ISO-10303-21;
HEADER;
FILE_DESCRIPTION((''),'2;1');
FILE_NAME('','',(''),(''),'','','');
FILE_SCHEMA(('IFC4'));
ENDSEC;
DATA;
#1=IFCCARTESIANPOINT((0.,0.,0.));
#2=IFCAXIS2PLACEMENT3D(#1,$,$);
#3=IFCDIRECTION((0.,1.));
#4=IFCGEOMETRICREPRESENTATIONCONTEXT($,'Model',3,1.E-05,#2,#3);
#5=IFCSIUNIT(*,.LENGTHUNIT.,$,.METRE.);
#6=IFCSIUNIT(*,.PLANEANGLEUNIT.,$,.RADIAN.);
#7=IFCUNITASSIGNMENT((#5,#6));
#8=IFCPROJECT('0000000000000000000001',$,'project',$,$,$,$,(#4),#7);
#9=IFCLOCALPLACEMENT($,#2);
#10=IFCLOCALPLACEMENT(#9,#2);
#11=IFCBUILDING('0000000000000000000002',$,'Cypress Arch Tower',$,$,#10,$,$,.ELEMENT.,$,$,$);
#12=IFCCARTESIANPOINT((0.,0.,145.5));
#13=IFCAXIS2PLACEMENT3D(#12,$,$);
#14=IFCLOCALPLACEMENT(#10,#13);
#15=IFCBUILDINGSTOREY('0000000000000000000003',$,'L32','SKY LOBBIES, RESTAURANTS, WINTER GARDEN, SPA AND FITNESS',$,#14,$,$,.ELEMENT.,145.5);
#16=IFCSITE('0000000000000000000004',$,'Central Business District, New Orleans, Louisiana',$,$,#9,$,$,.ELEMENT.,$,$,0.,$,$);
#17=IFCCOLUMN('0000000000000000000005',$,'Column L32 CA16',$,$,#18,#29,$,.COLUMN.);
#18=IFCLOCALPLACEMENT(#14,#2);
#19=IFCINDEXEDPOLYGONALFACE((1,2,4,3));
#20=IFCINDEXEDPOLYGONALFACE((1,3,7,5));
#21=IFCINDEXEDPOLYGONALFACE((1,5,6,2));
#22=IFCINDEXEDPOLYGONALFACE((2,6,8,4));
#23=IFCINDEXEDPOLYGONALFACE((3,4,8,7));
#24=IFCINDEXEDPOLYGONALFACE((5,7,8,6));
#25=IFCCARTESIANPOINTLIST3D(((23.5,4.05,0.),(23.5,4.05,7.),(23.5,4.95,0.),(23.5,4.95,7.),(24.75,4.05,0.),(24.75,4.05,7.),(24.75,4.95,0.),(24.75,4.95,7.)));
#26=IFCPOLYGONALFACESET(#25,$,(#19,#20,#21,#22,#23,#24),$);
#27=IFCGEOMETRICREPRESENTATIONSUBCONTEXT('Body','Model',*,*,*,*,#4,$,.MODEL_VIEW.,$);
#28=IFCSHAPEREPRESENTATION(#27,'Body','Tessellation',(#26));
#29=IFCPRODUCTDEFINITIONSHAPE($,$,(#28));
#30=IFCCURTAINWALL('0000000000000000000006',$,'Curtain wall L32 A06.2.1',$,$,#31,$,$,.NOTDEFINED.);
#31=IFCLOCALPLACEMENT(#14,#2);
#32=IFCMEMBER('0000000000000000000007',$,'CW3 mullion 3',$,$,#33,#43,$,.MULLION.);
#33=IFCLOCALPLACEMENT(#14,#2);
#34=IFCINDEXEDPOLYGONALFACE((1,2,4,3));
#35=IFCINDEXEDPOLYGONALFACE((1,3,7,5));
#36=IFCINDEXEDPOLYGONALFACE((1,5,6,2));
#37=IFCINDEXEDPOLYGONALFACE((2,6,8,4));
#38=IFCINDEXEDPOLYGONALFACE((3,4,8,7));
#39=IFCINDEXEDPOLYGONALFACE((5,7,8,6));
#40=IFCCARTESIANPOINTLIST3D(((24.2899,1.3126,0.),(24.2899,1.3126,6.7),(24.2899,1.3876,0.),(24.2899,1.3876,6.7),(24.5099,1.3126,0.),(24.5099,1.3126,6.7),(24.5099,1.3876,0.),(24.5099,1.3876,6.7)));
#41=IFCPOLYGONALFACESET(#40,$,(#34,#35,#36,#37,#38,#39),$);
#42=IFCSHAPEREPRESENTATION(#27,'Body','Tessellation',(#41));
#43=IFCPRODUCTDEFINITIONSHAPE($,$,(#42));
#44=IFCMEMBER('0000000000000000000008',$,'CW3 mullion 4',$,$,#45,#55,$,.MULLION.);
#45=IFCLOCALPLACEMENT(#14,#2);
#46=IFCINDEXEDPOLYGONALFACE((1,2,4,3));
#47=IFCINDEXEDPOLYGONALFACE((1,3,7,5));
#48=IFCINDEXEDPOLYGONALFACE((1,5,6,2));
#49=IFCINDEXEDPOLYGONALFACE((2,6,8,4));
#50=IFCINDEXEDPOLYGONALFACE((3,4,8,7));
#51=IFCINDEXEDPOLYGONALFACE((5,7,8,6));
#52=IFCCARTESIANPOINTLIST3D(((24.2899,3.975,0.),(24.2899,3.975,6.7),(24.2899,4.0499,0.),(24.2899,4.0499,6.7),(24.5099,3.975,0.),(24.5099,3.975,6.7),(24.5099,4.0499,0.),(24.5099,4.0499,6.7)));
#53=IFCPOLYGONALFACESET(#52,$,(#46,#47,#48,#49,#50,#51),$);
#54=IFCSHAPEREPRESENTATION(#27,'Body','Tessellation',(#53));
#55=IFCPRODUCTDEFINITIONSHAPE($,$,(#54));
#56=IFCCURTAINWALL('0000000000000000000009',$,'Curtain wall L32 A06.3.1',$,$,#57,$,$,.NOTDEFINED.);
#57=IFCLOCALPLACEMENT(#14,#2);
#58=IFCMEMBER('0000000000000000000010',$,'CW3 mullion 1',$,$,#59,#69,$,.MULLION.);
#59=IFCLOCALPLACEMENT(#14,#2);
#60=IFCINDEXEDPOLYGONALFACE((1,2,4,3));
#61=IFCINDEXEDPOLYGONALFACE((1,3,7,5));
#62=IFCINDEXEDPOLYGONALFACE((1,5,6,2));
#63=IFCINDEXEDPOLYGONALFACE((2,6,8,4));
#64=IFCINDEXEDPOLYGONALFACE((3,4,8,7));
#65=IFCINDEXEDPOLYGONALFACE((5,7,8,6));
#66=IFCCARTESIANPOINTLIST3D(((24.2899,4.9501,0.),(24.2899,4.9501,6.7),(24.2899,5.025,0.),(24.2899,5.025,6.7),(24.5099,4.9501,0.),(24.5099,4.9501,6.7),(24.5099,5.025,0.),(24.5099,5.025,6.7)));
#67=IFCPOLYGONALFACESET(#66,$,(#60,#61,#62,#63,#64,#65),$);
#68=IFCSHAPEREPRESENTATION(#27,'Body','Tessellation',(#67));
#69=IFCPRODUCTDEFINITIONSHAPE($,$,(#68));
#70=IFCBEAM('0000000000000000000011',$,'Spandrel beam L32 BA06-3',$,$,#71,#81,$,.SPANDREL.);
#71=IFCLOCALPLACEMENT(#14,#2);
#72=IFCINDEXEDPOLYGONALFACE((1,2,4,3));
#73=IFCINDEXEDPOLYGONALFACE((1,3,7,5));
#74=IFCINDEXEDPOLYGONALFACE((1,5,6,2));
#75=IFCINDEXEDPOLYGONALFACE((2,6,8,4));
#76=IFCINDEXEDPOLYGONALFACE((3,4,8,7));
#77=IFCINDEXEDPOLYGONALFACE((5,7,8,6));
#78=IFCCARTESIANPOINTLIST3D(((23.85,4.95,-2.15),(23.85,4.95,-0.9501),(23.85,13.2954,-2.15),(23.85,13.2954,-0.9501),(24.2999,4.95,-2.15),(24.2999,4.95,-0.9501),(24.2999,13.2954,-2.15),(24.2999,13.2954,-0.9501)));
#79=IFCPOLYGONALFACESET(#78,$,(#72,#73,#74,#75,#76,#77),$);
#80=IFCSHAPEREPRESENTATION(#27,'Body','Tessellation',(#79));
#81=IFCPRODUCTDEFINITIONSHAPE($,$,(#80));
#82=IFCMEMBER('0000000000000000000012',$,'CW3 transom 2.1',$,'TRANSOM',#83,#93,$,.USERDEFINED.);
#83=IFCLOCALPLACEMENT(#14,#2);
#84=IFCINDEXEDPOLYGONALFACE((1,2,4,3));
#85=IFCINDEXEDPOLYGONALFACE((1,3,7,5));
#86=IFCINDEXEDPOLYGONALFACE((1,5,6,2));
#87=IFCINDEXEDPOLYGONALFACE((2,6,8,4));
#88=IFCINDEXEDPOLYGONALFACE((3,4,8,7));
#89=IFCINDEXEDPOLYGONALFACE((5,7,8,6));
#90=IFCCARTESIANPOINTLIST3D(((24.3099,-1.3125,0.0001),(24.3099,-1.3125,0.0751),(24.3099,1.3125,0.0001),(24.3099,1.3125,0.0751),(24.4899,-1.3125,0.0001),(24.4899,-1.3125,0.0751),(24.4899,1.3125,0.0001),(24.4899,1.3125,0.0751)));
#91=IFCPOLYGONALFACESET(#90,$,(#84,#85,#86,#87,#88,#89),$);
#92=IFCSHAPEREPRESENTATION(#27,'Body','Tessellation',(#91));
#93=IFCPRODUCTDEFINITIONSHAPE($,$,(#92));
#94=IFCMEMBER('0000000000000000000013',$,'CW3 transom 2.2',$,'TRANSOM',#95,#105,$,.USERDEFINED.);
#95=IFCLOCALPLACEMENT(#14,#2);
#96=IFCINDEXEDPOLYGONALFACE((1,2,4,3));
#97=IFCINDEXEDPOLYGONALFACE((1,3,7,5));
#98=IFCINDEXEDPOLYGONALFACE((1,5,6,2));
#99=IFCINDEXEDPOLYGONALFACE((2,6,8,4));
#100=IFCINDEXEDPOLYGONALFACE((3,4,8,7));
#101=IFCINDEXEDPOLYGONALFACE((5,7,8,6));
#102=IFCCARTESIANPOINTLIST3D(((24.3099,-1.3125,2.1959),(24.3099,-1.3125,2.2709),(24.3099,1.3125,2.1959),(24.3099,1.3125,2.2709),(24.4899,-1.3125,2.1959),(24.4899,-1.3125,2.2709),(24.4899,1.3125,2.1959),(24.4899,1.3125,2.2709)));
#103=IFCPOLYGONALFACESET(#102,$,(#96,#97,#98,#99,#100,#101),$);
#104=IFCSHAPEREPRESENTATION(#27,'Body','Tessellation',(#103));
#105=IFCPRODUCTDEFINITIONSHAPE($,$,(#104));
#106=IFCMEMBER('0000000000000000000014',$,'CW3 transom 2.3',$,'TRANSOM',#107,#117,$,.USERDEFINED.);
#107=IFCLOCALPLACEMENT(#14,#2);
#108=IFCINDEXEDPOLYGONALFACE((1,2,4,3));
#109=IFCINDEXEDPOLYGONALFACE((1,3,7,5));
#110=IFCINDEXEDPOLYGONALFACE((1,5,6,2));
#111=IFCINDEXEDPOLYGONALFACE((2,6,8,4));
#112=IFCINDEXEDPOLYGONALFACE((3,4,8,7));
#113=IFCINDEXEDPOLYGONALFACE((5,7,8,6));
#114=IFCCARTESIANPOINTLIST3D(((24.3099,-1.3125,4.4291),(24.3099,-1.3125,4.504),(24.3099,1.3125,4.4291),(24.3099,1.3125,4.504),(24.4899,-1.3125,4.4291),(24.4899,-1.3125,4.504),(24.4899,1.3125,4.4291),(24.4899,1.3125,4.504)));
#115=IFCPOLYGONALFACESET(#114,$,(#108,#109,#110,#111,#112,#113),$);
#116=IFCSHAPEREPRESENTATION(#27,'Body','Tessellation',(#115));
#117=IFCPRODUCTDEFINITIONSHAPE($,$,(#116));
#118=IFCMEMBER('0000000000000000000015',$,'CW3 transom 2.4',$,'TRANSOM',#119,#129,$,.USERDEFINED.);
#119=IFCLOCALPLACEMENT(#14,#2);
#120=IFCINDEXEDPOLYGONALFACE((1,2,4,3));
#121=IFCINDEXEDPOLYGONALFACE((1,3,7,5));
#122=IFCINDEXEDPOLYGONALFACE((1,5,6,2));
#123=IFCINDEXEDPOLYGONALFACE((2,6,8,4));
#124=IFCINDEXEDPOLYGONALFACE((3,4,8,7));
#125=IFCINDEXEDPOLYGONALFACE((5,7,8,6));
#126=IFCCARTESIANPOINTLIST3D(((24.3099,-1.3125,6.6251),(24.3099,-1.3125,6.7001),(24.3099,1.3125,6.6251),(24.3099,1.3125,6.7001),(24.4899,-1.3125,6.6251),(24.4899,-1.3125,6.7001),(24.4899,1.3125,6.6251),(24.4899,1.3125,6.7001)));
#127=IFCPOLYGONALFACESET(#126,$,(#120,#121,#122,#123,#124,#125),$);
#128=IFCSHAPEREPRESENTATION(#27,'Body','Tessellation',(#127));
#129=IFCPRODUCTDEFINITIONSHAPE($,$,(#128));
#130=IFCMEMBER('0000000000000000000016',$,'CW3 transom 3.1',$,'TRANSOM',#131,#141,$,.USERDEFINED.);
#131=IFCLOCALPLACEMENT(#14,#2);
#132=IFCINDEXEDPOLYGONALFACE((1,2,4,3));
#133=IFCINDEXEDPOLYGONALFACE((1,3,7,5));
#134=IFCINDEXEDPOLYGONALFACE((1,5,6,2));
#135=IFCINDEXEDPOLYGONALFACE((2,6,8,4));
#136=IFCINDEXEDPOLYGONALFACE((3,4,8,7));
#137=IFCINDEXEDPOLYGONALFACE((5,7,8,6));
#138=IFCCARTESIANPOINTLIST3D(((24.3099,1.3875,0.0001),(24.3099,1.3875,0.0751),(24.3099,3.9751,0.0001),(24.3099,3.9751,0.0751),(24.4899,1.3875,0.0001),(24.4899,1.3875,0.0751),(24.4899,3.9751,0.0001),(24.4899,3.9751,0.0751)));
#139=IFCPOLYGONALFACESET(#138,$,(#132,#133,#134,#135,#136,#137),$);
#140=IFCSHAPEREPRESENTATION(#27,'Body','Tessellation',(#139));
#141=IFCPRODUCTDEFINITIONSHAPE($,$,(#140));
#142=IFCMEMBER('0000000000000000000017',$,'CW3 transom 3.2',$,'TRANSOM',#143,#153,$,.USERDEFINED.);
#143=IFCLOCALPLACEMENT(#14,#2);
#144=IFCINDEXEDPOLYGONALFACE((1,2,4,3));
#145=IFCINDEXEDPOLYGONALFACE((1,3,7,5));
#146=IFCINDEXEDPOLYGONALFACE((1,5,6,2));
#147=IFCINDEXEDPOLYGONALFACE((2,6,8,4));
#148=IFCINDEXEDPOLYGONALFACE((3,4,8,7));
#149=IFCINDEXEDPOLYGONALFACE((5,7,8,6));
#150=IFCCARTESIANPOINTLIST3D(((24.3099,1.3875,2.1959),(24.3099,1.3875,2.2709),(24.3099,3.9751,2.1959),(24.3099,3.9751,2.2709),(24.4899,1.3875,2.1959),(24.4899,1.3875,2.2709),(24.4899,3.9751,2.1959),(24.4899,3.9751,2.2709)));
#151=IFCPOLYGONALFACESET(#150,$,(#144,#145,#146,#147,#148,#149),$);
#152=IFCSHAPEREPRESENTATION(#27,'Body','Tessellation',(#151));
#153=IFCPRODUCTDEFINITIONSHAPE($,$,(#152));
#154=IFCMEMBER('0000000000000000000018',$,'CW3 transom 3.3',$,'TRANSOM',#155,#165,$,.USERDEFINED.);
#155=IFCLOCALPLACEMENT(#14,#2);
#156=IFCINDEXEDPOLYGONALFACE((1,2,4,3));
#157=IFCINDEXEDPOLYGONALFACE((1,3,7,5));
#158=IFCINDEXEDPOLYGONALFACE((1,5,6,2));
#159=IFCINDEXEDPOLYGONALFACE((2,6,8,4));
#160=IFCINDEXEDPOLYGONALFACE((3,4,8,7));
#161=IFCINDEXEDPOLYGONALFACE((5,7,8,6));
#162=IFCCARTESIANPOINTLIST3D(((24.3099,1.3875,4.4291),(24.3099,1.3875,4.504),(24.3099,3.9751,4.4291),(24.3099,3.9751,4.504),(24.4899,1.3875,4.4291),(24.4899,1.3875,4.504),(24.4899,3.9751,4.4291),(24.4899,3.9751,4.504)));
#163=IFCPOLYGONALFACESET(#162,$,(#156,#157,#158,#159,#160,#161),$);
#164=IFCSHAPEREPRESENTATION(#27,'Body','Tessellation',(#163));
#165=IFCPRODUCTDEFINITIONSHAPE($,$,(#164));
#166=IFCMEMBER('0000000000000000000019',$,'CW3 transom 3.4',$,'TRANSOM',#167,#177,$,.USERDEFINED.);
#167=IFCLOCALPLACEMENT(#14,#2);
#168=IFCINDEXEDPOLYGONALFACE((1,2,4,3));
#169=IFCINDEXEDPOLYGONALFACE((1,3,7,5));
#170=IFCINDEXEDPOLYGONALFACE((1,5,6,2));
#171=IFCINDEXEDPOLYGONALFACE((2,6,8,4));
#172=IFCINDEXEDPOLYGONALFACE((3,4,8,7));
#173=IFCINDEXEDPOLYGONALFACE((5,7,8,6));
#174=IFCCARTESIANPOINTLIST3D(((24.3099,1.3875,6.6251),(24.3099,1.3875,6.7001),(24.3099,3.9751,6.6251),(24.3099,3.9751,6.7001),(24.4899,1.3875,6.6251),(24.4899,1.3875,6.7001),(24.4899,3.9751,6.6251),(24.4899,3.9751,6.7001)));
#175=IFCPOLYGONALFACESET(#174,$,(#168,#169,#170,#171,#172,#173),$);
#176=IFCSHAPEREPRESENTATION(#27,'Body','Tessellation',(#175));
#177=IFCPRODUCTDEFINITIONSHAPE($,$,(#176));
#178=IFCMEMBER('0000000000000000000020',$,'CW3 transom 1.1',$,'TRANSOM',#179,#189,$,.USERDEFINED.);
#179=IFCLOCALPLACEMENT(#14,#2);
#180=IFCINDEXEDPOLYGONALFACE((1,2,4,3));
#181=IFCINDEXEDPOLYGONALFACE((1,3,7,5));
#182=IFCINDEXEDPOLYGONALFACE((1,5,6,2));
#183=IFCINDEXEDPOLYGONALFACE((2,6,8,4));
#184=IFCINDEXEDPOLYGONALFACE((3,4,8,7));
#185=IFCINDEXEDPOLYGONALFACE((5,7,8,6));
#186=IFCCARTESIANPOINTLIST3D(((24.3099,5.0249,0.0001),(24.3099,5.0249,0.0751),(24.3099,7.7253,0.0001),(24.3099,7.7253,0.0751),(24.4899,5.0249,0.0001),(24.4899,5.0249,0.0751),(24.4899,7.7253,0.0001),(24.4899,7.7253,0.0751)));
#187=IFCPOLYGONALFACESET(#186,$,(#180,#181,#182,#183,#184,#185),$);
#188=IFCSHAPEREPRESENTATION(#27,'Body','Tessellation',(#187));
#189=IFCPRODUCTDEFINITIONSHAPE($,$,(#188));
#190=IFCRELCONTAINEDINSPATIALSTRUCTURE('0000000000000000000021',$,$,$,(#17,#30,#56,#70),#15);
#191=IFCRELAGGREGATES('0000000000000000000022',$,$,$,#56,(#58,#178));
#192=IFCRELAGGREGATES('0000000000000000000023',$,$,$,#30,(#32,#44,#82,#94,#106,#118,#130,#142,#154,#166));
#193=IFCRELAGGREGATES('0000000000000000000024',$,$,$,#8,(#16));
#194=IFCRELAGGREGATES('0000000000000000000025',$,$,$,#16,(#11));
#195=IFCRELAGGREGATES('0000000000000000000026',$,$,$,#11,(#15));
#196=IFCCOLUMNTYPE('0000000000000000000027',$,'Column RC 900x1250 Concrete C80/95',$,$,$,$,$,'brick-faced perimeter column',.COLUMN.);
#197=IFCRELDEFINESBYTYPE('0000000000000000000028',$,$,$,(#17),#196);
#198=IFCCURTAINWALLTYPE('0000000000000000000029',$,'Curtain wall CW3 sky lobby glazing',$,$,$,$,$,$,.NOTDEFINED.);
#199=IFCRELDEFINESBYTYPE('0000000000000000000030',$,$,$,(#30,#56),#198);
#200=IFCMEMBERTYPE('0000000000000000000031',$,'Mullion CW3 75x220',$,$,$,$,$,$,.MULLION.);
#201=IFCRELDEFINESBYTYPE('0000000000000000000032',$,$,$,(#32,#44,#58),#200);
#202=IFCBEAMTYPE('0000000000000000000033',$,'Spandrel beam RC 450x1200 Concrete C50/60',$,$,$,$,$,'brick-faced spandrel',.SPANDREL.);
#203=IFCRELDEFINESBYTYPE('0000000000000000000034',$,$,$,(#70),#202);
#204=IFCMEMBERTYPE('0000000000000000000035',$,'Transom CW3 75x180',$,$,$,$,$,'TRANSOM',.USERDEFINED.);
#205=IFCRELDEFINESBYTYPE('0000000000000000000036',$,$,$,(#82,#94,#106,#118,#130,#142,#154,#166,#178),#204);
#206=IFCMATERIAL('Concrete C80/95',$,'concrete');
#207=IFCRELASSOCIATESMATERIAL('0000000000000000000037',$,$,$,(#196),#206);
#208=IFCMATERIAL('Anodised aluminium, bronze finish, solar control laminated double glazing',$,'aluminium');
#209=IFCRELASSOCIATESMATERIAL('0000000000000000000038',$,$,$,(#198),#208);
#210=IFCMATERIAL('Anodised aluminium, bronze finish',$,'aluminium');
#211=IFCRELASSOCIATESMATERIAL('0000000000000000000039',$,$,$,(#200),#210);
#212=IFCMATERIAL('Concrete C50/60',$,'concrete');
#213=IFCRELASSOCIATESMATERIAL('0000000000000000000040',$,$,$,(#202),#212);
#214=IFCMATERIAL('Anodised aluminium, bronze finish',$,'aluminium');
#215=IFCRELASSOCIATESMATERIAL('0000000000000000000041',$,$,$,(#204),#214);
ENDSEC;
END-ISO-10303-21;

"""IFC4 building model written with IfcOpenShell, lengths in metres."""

from ifc_helpers import new_model, si_unit, direction, frame, origin, origin_2d, place, context, subcontext, project, spatial, rectangle, extrude, material, material_profile, profile_set, type_object, element, aggregate, save


model = new_model("IFC4")

# Units and contexts
model_context = context("Model", 3, precision=1e-05, world=origin(), true_north=direction((0.0, 1.0)))
body_context = subcontext(model_context, "Body", "Model", "MODEL_VIEW")
ifc_project = project(units=[si_unit("LENGTHUNIT", "METRE"), si_unit("PLANEANGLEUNIT", "RADIAN")], contexts=[model_context])

# Site, building, storey
site_placement = place(None, origin())
site = spatial("IfcSite", under=ifc_project, at=site_placement, Name="Central Business District, New Orleans, Louisiana", CompositionType="ELEMENT", RefElevation=0.0)
building_placement = place(site_placement, origin())
building = spatial("IfcBuilding", under=site, at=building_placement, Name="Cypress Arch Tower", CompositionType="ELEMENT")
storey_placement = place(building_placement, frame((0.0, 0.0, 145.5)))
storey = spatial("IfcBuildingStorey", under=building, at=storey_placement, Name="L32", Description="SKY LOBBIES, RESTAURANTS, WINTER GARDEN, SPA AND FITNESS", CompositionType="ELEMENT", Elevation=145.5)

# Column
ifc_material_1 = material(Name="Concrete C80/95", Category="concrete")
ifc_material_profile_1 = material_profile(ifc_material_1, rectangle(XDim=0.8999, YDim=1.25, at=origin_2d()), Name="RC 900x1250")
ifc_profile_set_1 = profile_set([ifc_material_profile_1], Name="Concrete C80/95")
column_type = type_object("IfcColumnType", Name="Column RC 900x1250 Concrete C80/95", ElementType="brick-faced perimeter column", PredefinedType="COLUMN", material=ifc_profile_set_1)
column_placement = place(storey_placement, frame((24.125, 4.5, 0.0), z_axis=(0.0, 0.0, 1.0), x_axis=(0.0, 1.0, 0.0)))
element("IfcColumn", 1, at=column_placement, inside=storey, type_object=column_type, Name="Column L32 CA16", PredefinedType="COLUMN", context=body_context, shape_type="SweptSolid", body=[
    extrude(rectangle(XDim=0.8999, YDim=1.25, at=origin_2d()), origin(), (0.0, 0.0, 1.0), 7.0),
])

# Curtain wall, members
ifc_material_2 = material(Name="Anodised aluminium, bronze finish, solar control laminated double glazing", Category="aluminium")
curtain_wall_type = type_object("IfcCurtainWallType", Name="Curtain wall CW3 sky lobby glazing", PredefinedType="NOTDEFINED", material=ifc_material_2)
curtain_wall_1_placement = place(storey_placement, origin())
curtain_wall_1 = element("IfcCurtainWall", 2, at=curtain_wall_1_placement, inside=storey, type_object=curtain_wall_type, Name="Curtain wall L32 A06.2.1", PredefinedType="NOTDEFINED")
ifc_material_3 = material(Name="Anodised aluminium, bronze finish", Category="aluminium")
ifc_material_profile_2 = material_profile(ifc_material_3, rectangle(XDim=0.22, YDim=0.075, at=origin_2d()), Name="Mullion 75x220")
ifc_profile_set_2 = profile_set([ifc_material_profile_2], Name="Anodised aluminium, bronze finish")
member_type_1 = type_object("IfcMemberType", Name="Mullion CW3 75x220", PredefinedType="MULLION", material=ifc_profile_set_2)
member_1_placement = place(storey_placement, frame((24.3999, 1.3501, 0.0), z_axis=(0.0, 0.0, 1.0), x_axis=(-1.0, 0.0, 0.0)))
member_1 = element("IfcMember", 3, at=member_1_placement, type_object=member_type_1, Name="CW3 mullion 3", PredefinedType="MULLION", context=body_context, shape_type="SweptSolid", body=[
    extrude(rectangle(XDim=0.22, YDim=0.075, at=origin_2d()), origin(), (0.0, 0.0, 1.0), 6.7),
])
member_2_placement = place(storey_placement, frame((24.3999, 4.0125, 0.0), z_axis=(0.0, 0.0, 1.0), x_axis=(-1.0, 0.0, 0.0)))
member_2 = element("IfcMember", 4, at=member_2_placement, type_object=member_type_1, Name="CW3 mullion 4", PredefinedType="MULLION", context=body_context, shape_type="SweptSolid", body=[
    extrude(rectangle(XDim=0.22, YDim=0.075, at=origin_2d()), origin(), (0.0, 0.0, 1.0), 6.7),
])

# Curtain wall, member
curtain_wall_2_placement = place(storey_placement, origin())
curtain_wall_2 = element("IfcCurtainWall", 5, at=curtain_wall_2_placement, inside=storey, type_object=curtain_wall_type, Name="Curtain wall L32 A06.3.1", PredefinedType="NOTDEFINED")
member_3_placement = place(storey_placement, frame((24.3999, 4.9875, 0.0), z_axis=(0.0, 0.0, 1.0), x_axis=(-1.0, 0.0, 0.0)))
member_3 = element("IfcMember", 6, at=member_3_placement, type_object=member_type_1, Name="CW3 mullion 1", PredefinedType="MULLION", context=body_context, shape_type="SweptSolid", body=[
    extrude(rectangle(XDim=0.22, YDim=0.075, at=origin_2d()), origin(), (0.0, 0.0, 1.0), 6.7),
])

# Beam
ifc_material_4 = material(Name="Concrete C50/60", Category="concrete")
ifc_material_profile_3 = material_profile(ifc_material_4, rectangle(XDim=0.45, YDim=1.2, at=origin_2d()), Name="RC 450x1200")
ifc_profile_set_3 = profile_set([ifc_material_profile_3], Name="Concrete C50/60")
beam_type = type_object("IfcBeamType", Name="Spandrel beam RC 450x1200 Concrete C50/60", ElementType="brick-faced spandrel", PredefinedType="SPANDREL", material=ifc_profile_set_3)
beam_placement = place(storey_placement, frame((24.075, 4.95, -1.55), z_axis=(0.0, 1.0, 0.0), x_axis=(-1.0, 0.0, 0.0)))
element("IfcBeam", 7, at=beam_placement, inside=storey, type_object=beam_type, Name="Spandrel beam L32 BA06-3", PredefinedType="SPANDREL", context=body_context, shape_type="SweptSolid", body=[
    extrude(rectangle(XDim=0.45, YDim=1.2, at=origin_2d()), origin(), (0.0, 0.0, 1.0), 8.3455),
])

# Members
ifc_material_5 = material(Name="Anodised aluminium, bronze finish", Category="aluminium")
ifc_material_profile_4 = material_profile(ifc_material_5, rectangle(XDim=0.1799, YDim=0.075, at=origin_2d()), Name="Transom 75x180")
ifc_profile_set_4 = profile_set([ifc_material_profile_4], Name="Anodised aluminium, bronze finish")
member_type_2 = type_object("IfcMemberType", Name="Transom CW3 75x180", ElementType="TRANSOM", PredefinedType="USERDEFINED", material=ifc_profile_set_4)
member_4_placement = place(storey_placement, frame((24.3999, -1.3125, 0.0376), z_axis=(0.0, 1.0, 0.0), x_axis=(-1.0, 0.0, 0.0)))
member_4 = element("IfcMember", 8, at=member_4_placement, type_object=member_type_2, Name="CW3 transom 2.1", ObjectType="TRANSOM", PredefinedType="USERDEFINED", context=body_context, shape_type="SweptSolid", body=[
    extrude(rectangle(XDim=0.1799, YDim=0.075, at=origin_2d()), origin(), (0.0, 0.0, 1.0), 2.625),
])
member_5_placement = place(storey_placement, frame((24.3999, -1.3125, 2.2334), z_axis=(0.0, 1.0, 0.0), x_axis=(-1.0, 0.0, 0.0)))
member_5 = element("IfcMember", 9, at=member_5_placement, type_object=member_type_2, Name="CW3 transom 2.2", ObjectType="TRANSOM", PredefinedType="USERDEFINED", context=body_context, shape_type="SweptSolid", body=[
    extrude(rectangle(XDim=0.1799, YDim=0.075, at=origin_2d()), origin(), (0.0, 0.0, 1.0), 2.625),
])
member_6_placement = place(storey_placement, frame((24.3999, -1.3125, 4.4666), z_axis=(0.0, 1.0, 0.0), x_axis=(-1.0, 0.0, 0.0)))
member_6 = element("IfcMember", 10, at=member_6_placement, type_object=member_type_2, Name="CW3 transom 2.3", ObjectType="TRANSOM", PredefinedType="USERDEFINED", context=body_context, shape_type="SweptSolid", body=[
    extrude(rectangle(XDim=0.1799, YDim=0.075, at=origin_2d()), origin(), (0.0, 0.0, 1.0), 2.625),
])
member_7_placement = place(storey_placement, frame((24.3999, -1.3125, 6.6626), z_axis=(0.0, 1.0, 0.0), x_axis=(-1.0, 0.0, 0.0)))
member_7 = element("IfcMember", 11, at=member_7_placement, type_object=member_type_2, Name="CW3 transom 2.4", ObjectType="TRANSOM", PredefinedType="USERDEFINED", context=body_context, shape_type="SweptSolid", body=[
    extrude(rectangle(XDim=0.1799, YDim=0.075, at=origin_2d()), origin(), (0.0, 0.0, 1.0), 2.625),
])
member_8_placement = place(storey_placement, frame((24.3999, 1.3875, 0.0376), z_axis=(0.0, 1.0, 0.0), x_axis=(-1.0, 0.0, 0.0)))
member_8 = element("IfcMember", 12, at=member_8_placement, type_object=member_type_2, Name="CW3 transom 3.1", ObjectType="TRANSOM", PredefinedType="USERDEFINED", context=body_context, shape_type="SweptSolid", body=[
    extrude(rectangle(XDim=0.1799, YDim=0.075, at=origin_2d()), origin(), (0.0, 0.0, 1.0), 2.5876),
])
member_9_placement = place(storey_placement, frame((24.3999, 1.3875, 2.2334), z_axis=(0.0, 1.0, 0.0), x_axis=(-1.0, 0.0, 0.0)))
member_9 = element("IfcMember", 13, at=member_9_placement, type_object=member_type_2, Name="CW3 transom 3.2", ObjectType="TRANSOM", PredefinedType="USERDEFINED", context=body_context, shape_type="SweptSolid", body=[
    extrude(rectangle(XDim=0.1799, YDim=0.075, at=origin_2d()), origin(), (0.0, 0.0, 1.0), 2.5876),
])
member_10_placement = place(storey_placement, frame((24.3999, 1.3875, 4.4666), z_axis=(0.0, 1.0, 0.0), x_axis=(-1.0, 0.0, 0.0)))
member_10 = element("IfcMember", 14, at=member_10_placement, type_object=member_type_2, Name="CW3 transom 3.3", ObjectType="TRANSOM", PredefinedType="USERDEFINED", context=body_context, shape_type="SweptSolid", body=[
    extrude(rectangle(XDim=0.1799, YDim=0.075, at=origin_2d()), origin(), (0.0, 0.0, 1.0), 2.5876),
])
member_11_placement = place(storey_placement, frame((24.3999, 1.3875, 6.6626), z_axis=(0.0, 1.0, 0.0), x_axis=(-1.0, 0.0, 0.0)))
member_11 = element("IfcMember", 15, at=member_11_placement, type_object=member_type_2, Name="CW3 transom 3.4", ObjectType="TRANSOM", PredefinedType="USERDEFINED", context=body_context, shape_type="SweptSolid", body=[
    extrude(rectangle(XDim=0.1799, YDim=0.075, at=origin_2d()), origin(), (0.0, 0.0, 1.0), 2.5876),
])
member_12_placement = place(storey_placement, frame((24.3999, 5.0249, 0.0376), z_axis=(0.0, 1.0, 0.0), x_axis=(-1.0, 0.0, 0.0)))
member_12 = element("IfcMember", 16, at=member_12_placement, type_object=member_type_2, Name="CW3 transom 1.1", ObjectType="TRANSOM", PredefinedType="USERDEFINED", context=body_context, shape_type="SweptSolid", body=[
    extrude(rectangle(XDim=0.1799, YDim=0.075, at=origin_2d()), origin(), (0.0, 0.0, 1.0), 2.7004),
])
aggregate(curtain_wall_2, [member_3, member_12])

aggregate(curtain_wall_1, [member_1, member_2, member_4, member_5, member_6, member_7, member_8, member_9, member_10, member_11])

save(model, "model.ifc")
